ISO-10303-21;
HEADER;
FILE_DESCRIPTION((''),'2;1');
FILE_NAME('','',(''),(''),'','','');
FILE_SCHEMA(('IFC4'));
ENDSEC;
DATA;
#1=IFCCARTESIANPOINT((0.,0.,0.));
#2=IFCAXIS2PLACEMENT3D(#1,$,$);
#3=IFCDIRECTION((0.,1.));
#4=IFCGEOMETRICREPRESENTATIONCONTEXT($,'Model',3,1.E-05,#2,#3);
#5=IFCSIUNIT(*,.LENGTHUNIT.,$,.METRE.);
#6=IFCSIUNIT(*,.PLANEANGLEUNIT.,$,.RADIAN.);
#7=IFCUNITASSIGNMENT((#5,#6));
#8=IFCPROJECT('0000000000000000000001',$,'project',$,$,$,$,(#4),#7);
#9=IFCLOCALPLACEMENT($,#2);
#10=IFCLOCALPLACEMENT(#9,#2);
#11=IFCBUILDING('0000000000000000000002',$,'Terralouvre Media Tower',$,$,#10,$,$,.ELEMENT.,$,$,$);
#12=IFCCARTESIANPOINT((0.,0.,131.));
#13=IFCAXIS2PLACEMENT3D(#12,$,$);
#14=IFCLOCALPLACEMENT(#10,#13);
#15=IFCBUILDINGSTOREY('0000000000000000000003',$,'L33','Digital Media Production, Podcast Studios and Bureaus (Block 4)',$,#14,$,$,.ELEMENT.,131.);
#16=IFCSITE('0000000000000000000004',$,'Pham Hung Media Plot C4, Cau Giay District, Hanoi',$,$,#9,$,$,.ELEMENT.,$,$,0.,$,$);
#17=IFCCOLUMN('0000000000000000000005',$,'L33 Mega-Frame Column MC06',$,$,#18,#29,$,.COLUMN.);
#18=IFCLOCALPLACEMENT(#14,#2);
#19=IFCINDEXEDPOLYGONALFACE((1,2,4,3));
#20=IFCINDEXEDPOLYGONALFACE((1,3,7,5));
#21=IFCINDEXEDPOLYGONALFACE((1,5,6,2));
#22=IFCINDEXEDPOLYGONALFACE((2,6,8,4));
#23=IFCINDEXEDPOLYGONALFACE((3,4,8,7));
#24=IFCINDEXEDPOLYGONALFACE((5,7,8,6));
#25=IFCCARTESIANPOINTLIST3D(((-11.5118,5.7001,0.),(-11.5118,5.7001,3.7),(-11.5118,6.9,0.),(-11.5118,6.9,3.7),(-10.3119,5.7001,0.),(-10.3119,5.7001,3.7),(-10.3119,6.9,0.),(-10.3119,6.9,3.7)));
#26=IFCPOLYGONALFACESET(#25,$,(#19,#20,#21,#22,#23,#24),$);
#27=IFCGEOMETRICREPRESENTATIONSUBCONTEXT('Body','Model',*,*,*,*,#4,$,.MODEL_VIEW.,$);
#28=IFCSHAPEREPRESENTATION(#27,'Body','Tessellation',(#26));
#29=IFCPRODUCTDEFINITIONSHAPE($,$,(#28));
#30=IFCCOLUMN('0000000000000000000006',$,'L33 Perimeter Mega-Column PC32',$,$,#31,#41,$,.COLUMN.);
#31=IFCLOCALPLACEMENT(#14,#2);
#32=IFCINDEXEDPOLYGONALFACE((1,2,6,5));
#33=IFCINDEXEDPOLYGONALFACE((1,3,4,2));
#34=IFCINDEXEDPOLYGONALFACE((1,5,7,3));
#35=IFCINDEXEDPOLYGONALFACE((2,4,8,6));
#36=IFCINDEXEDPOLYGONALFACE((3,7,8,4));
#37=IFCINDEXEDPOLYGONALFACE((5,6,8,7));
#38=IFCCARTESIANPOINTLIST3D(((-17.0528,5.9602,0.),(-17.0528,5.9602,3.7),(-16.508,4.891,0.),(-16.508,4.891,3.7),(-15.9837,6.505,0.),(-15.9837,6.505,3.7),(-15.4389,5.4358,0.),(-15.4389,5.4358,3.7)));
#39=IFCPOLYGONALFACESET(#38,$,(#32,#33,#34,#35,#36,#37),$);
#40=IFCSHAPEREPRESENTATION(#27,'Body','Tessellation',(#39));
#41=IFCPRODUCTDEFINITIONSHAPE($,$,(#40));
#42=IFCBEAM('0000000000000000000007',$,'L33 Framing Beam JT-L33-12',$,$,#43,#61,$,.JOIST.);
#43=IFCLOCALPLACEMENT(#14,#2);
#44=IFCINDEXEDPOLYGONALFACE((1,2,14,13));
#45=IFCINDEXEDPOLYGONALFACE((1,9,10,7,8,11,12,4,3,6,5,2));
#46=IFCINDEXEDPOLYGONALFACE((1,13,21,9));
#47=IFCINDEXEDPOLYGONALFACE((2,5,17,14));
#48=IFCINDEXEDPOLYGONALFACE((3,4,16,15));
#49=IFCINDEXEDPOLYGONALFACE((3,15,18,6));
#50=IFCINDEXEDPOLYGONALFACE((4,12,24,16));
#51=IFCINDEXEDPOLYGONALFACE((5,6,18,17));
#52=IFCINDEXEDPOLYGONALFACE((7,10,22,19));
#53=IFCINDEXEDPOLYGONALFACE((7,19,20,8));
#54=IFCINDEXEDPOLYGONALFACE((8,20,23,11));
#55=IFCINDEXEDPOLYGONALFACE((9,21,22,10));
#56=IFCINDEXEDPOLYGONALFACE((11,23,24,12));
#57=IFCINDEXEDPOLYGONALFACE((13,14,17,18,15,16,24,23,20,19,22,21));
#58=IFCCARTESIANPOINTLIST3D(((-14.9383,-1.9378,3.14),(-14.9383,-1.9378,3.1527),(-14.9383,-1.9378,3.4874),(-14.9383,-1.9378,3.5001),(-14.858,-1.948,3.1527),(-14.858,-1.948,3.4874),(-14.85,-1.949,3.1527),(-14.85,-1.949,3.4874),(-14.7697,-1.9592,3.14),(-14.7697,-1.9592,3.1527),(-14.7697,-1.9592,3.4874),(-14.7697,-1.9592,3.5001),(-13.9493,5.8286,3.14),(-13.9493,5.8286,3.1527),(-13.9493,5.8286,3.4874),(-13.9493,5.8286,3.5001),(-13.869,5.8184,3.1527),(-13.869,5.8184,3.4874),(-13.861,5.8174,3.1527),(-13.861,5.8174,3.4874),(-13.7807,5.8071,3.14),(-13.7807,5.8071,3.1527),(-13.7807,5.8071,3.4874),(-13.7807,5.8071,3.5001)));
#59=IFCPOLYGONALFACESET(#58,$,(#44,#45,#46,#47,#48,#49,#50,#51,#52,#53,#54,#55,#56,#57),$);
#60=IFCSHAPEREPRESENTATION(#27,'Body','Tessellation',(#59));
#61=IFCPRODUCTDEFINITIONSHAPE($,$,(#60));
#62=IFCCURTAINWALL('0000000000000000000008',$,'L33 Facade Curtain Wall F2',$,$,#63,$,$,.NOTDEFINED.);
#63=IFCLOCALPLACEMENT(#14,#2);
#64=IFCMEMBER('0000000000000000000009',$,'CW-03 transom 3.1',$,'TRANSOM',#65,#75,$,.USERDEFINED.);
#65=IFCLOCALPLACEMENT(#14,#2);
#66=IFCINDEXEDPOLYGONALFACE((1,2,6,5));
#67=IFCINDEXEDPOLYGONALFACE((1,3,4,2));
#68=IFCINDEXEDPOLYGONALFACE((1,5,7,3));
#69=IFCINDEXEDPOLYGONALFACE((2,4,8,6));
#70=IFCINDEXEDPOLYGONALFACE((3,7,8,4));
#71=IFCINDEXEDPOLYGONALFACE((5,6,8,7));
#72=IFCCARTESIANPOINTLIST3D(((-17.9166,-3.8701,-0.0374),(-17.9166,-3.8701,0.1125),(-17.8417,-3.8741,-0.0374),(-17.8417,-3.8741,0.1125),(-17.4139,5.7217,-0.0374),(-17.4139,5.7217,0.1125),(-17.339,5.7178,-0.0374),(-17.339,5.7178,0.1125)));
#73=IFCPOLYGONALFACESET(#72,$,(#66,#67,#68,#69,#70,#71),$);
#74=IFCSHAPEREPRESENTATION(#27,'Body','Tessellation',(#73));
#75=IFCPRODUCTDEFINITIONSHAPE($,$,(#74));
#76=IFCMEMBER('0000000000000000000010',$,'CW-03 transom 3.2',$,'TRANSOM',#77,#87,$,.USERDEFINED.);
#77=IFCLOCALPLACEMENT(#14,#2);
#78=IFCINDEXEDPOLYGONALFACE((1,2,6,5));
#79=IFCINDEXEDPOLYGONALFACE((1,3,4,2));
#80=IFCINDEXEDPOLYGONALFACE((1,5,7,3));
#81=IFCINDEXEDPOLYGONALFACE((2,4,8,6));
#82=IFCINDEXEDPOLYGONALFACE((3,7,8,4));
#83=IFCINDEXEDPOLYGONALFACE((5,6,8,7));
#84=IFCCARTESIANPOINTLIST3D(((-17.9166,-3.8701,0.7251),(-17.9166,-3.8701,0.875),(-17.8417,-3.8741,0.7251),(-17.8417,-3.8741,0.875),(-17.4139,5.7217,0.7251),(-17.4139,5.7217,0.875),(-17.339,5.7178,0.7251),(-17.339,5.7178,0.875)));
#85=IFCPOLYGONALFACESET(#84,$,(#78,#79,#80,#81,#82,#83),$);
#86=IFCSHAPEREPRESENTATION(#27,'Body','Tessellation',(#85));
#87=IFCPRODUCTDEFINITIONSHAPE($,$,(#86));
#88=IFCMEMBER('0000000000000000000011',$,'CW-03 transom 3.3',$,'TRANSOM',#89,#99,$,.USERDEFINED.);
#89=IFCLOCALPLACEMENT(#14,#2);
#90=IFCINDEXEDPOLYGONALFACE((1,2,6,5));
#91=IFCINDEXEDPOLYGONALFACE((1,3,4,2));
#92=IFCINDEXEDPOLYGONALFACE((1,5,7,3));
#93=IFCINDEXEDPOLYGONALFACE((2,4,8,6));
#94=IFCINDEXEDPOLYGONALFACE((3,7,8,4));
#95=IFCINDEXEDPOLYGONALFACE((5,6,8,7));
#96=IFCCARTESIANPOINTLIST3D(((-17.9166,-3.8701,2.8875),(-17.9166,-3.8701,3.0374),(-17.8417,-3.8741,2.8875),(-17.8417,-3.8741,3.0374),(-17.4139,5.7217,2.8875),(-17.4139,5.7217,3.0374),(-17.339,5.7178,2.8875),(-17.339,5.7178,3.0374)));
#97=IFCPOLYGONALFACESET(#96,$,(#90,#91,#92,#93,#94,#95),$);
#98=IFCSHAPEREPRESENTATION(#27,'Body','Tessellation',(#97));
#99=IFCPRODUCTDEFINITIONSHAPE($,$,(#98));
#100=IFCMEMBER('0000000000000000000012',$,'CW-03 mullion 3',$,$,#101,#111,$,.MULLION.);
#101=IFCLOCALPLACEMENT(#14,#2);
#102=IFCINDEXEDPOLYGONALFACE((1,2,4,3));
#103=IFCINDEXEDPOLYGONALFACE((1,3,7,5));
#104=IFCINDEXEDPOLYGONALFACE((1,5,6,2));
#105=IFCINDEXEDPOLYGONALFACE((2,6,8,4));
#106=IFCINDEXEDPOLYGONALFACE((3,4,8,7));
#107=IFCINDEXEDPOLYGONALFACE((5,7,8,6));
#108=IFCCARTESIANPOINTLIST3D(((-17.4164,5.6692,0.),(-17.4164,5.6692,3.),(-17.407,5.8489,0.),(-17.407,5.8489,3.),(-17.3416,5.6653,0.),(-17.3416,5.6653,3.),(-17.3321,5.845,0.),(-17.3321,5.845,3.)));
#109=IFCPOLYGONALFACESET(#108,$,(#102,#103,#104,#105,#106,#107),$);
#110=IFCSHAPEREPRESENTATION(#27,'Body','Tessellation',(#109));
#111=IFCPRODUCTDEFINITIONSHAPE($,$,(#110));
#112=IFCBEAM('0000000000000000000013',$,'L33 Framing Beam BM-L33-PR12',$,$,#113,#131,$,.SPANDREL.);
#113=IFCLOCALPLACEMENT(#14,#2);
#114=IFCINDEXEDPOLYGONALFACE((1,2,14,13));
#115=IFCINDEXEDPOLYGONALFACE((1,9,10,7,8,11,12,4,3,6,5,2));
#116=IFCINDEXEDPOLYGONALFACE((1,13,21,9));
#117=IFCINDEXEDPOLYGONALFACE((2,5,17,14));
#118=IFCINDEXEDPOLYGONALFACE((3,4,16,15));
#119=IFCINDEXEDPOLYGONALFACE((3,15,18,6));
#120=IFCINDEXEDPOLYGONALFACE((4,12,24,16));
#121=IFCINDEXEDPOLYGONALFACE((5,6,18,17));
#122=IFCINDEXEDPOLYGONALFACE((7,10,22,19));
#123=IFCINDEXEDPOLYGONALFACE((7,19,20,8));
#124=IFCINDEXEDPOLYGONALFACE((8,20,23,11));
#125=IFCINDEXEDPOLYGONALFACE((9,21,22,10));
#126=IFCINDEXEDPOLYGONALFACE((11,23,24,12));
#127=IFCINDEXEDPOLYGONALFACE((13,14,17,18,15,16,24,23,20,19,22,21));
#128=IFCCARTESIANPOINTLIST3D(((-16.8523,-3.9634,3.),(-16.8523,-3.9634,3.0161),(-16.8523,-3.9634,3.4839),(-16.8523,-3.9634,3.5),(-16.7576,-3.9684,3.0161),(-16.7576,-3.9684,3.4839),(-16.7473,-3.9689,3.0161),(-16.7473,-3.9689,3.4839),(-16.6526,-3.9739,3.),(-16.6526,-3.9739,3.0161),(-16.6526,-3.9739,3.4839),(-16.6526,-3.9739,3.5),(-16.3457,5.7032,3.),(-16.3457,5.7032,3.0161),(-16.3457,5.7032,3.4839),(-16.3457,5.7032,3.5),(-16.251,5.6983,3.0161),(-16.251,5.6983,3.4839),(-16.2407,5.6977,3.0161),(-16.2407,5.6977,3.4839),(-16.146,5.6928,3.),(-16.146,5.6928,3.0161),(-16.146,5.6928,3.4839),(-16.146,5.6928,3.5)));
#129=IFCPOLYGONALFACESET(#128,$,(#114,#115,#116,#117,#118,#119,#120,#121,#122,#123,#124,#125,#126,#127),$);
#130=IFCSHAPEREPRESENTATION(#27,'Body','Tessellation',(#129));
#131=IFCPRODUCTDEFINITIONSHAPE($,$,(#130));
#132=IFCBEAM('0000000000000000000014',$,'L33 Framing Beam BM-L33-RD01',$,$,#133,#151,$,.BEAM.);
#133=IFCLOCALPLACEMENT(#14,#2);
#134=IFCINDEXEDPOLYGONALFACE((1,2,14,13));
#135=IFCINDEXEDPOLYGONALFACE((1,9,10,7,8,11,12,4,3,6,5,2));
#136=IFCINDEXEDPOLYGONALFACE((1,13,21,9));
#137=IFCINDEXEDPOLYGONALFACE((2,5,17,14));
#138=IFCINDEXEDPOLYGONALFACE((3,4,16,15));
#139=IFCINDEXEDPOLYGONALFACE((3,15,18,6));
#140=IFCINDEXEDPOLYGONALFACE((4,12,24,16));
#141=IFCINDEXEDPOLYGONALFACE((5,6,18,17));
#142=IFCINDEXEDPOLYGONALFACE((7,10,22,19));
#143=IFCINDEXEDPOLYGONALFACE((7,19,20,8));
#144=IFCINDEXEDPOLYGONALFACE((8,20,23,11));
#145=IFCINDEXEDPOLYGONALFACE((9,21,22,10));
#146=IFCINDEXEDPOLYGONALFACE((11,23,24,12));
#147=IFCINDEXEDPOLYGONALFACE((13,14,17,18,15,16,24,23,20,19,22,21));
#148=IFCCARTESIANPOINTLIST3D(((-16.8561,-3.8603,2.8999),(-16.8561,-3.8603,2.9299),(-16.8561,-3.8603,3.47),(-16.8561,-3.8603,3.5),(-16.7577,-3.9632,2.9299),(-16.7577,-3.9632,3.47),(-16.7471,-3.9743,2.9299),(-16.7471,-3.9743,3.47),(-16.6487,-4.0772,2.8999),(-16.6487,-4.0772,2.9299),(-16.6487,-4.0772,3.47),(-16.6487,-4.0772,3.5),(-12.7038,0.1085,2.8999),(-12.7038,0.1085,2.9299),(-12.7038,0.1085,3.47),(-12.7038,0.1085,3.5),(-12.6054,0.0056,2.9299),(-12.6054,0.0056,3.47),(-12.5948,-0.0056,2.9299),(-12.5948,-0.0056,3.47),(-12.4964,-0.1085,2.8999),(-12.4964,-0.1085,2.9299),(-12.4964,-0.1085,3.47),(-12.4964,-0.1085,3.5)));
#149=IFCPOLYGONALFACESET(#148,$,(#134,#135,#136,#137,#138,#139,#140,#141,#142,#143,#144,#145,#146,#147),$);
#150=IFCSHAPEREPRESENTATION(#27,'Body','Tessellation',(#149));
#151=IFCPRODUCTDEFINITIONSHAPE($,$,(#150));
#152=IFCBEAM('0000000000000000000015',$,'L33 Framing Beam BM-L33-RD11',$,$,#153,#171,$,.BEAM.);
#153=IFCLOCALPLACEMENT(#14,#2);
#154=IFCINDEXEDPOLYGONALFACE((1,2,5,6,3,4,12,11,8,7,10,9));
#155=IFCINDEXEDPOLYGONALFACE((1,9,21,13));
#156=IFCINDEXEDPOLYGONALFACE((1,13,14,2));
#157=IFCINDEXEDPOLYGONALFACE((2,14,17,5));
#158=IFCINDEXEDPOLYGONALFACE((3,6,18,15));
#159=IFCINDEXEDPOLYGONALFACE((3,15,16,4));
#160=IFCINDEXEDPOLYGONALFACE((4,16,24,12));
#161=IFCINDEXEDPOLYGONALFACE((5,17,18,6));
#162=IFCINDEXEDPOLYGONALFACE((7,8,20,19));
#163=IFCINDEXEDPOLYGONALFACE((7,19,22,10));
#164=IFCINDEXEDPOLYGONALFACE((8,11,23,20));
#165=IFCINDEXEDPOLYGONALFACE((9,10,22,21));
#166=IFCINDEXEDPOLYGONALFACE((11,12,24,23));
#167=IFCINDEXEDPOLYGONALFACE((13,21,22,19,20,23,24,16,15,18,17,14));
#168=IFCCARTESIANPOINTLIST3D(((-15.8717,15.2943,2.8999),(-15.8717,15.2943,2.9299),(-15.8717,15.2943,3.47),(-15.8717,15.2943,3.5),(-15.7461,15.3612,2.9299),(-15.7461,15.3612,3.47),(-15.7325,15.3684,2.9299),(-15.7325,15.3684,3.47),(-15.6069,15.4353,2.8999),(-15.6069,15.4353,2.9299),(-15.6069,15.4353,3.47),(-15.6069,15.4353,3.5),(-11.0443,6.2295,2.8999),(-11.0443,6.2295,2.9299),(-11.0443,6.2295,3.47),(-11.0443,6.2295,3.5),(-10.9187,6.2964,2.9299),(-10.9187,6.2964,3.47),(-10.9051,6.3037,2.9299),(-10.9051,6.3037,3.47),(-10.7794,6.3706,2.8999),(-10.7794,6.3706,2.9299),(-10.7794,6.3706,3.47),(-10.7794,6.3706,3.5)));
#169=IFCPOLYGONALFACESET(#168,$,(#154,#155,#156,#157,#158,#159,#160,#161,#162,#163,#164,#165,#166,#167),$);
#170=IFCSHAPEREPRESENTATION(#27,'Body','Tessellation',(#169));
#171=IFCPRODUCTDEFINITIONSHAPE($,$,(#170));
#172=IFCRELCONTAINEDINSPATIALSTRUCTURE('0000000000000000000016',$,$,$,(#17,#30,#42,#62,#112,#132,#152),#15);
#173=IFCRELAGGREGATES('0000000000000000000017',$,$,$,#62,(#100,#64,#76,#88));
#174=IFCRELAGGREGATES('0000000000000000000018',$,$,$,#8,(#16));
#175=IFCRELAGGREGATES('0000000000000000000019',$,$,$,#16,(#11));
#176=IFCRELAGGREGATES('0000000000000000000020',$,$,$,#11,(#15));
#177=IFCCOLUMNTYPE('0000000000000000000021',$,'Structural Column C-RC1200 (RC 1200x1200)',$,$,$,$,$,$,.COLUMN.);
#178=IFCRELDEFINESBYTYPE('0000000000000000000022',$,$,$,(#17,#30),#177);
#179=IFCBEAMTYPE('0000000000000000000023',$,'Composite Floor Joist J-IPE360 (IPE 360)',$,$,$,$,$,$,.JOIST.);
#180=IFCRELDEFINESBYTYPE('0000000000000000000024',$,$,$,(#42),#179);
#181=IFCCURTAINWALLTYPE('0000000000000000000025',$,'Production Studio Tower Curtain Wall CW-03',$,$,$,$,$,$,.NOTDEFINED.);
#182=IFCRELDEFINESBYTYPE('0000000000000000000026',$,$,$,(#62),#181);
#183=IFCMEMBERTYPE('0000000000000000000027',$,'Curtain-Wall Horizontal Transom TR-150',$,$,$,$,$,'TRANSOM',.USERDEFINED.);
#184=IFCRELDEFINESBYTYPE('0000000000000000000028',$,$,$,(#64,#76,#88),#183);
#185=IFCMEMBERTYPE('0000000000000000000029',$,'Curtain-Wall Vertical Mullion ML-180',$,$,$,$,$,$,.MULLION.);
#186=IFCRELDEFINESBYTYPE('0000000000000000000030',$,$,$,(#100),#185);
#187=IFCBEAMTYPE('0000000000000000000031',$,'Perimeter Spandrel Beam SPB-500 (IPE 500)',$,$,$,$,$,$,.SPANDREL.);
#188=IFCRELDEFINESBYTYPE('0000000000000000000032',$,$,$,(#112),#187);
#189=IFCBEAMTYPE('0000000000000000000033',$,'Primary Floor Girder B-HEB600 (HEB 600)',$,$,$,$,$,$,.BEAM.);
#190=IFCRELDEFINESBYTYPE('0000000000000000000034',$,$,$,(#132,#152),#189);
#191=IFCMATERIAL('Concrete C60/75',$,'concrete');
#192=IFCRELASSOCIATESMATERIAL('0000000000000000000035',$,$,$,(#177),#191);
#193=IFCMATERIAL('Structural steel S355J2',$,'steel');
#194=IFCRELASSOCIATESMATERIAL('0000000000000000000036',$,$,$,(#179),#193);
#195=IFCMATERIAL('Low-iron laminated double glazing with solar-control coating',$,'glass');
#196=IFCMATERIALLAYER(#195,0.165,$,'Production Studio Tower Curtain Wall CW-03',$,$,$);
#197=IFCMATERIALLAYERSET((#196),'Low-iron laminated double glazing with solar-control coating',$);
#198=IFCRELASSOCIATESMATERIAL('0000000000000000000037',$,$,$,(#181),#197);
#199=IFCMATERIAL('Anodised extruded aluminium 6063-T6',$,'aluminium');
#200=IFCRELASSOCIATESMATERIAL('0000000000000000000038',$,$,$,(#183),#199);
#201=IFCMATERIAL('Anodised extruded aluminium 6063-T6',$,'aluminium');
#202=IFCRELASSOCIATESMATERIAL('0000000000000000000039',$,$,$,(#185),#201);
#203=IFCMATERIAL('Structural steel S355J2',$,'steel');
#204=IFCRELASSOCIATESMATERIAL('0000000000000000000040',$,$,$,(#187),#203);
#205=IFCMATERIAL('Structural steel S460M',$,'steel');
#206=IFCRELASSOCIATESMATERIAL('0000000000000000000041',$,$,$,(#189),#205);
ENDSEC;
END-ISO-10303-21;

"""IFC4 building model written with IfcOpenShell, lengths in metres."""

from ifc_helpers import new_model, si_unit, direction, frame, origin, origin_2d, place, context, subcontext, project, spatial, rectangle, i_section, extrude, material, layer, layer_set, material_profile, profile_set, type_object, element, aggregate, save


model = new_model("IFC4")

# Units and contexts
model_context = context("Model", 3, precision=1e-05, world=origin(), true_north=direction((0.0, 1.0)))
body_context = subcontext(model_context, "Body", "Model", "MODEL_VIEW")
ifc_project = project(units=[si_unit("LENGTHUNIT", "METRE"), si_unit("PLANEANGLEUNIT", "RADIAN")], contexts=[model_context])

# Site, building, storey
site_placement = place(None, origin())
site = spatial("IfcSite", under=ifc_project, at=site_placement, Name="Pham Hung Media Plot C4, Cau Giay District, Hanoi", CompositionType="ELEMENT", RefElevation=0.0)
building_placement = place(site_placement, origin())
building = spatial("IfcBuilding", under=site, at=building_placement, Name="Terralouvre Media Tower", CompositionType="ELEMENT")
storey_placement = place(building_placement, frame((0.0, 0.0, 131.0)))
storey = spatial("IfcBuildingStorey", under=building, at=storey_placement, Name="L33", Description="Digital Media Production, Podcast Studios and Bureaus (Block 4)", CompositionType="ELEMENT", Elevation=131.0)

# Columns
ifc_material_1 = material(Name="Concrete C60/75", Category="concrete")
ifc_material_profile_1 = material_profile(ifc_material_1, rectangle(XDim=1.2, YDim=1.2, at=origin_2d()), Name="RC 1200x1200")
ifc_profile_set_1 = profile_set([ifc_material_profile_1], Name="Concrete C60/75")
column_type = type_object("IfcColumnType", Name="Structural Column C-RC1200 (RC 1200x1200)", PredefinedType="COLUMN", material=ifc_profile_set_1)
for number, where, z_axis, x_axis, name in (
    (1, (-10.9119, 6.3, 0.0), (0.0, 0.0, 1.0), (1.0, 0.0, 0.0), "L33 Mega-Frame Column MC06"),
    (2, (-16.2458, 5.698, 0.0), (0.0, 0.0, 1.0), (0.891007, 0.45399, 0.0), "L33 Perimeter Mega-Column PC32"),
):
    element("IfcColumn", number, at=place(storey_placement, frame(where, z_axis=z_axis, x_axis=x_axis)), inside=storey, type_object=column_type, Name=name, PredefinedType="COLUMN", context=body_context, shape_type="SweptSolid", body=[
        extrude(rectangle(XDim=1.2, YDim=1.2, at=origin_2d()), origin(), (0.0, 0.0, 1.0), 3.7),
    ])

# Beam
ifc_material_2 = material(Name="Structural steel S355J2", Category="steel")
ifc_material_profile_2 = material_profile(ifc_material_2, i_section(OverallWidth=0.1699, OverallDepth=0.3601, WebThickness=0.0081, FlangeThickness=0.0127, at=origin_2d()), Name="IPE 360")
ifc_profile_set_2 = profile_set([ifc_material_profile_2], Name="Structural steel S355J2")
beam_type_1 = type_object("IfcBeamType", Name="Composite Floor Joist J-IPE360 (IPE 360)", PredefinedType="JOIST", material=ifc_profile_set_2)
beam_1_placement = place(storey_placement, frame((-13.865, 5.8179, 3.3201), z_axis=(-0.126326, -0.991989, 0.0), x_axis=(0.991989, -0.126326, 0.0)))
element("IfcBeam", 3, at=beam_1_placement, inside=storey, type_object=beam_type_1, Name="L33 Framing Beam JT-L33-12", PredefinedType="JOIST", context=body_context, shape_type="SweptSolid", body=[
    extrude(i_section(OverallWidth=0.1699, OverallDepth=0.3601, WebThickness=0.0081, FlangeThickness=0.0127, at=origin_2d()), origin(), (0.0, 0.0, 1.0), 7.8291),
])

# Curtain wall, members
ifc_material_3 = material(Name="Low-iron laminated double glazing with solar-control coating", Category="glass")
ifc_layer_1 = layer(ifc_material_3, 0.165, Name="Production Studio Tower Curtain Wall CW-03")
ifc_layer_set_1 = layer_set([ifc_layer_1], Name="Low-iron laminated double glazing with solar-control coating")
curtain_wall_type = type_object("IfcCurtainWallType", Name="Production Studio Tower Curtain Wall CW-03", PredefinedType="NOTDEFINED", material=ifc_layer_set_1)
curtain_wall_placement = place(storey_placement, origin())
curtain_wall = element("IfcCurtainWall", 4, at=curtain_wall_placement, inside=storey, type_object=curtain_wall_type, Name="L33 Facade Curtain Wall F2", PredefinedType="NOTDEFINED")
ifc_material_4 = material(Name="Anodised extruded aluminium 6063-T6", Category="aluminium")
ifc_material_profile_3 = material_profile(ifc_material_4, rectangle(XDim=0.075, YDim=0.1499, at=origin_2d()), Name="ALU 75x150")
ifc_profile_set_3 = profile_set([ifc_material_profile_3], Name="Anodised extruded aluminium 6063-T6")
member_type_1 = type_object("IfcMemberType", Name="Curtain-Wall Horizontal Transom TR-150", ElementType="TRANSOM", PredefinedType="USERDEFINED", material=ifc_profile_set_3)
member_1_placement = place(storey_placement, frame((-17.3765, 5.7197, 0.0376), z_axis=(-0.052336, -0.99863, 0.0), x_axis=(0.99863, -0.052336, 0.0)))
member_1 = element("IfcMember", 5, at=member_1_placement, type_object=member_type_1, Name="CW-03 transom 3.1", ObjectType="TRANSOM", PredefinedType="USERDEFINED", context=body_context, shape_type="SweptSolid", body=[
    extrude(rectangle(XDim=0.075, YDim=0.1499, at=origin_2d()), origin(), (0.0, 0.0, 1.0), 9.605),
])
member_2_placement = place(storey_placement, frame((-17.3765, 5.7197, 0.8), z_axis=(-0.052336, -0.99863, 0.0), x_axis=(0.99863, -0.052336, 0.0)))
member_2 = element("IfcMember", 6, at=member_2_placement, type_object=member_type_1, Name="CW-03 transom 3.2", ObjectType="TRANSOM", PredefinedType="USERDEFINED", context=body_context, shape_type="SweptSolid", body=[
    extrude(rectangle(XDim=0.075, YDim=0.1499, at=origin_2d()), origin(), (0.0, 0.0, 1.0), 9.605),
])
member_3_placement = place(storey_placement, frame((-17.3765, 5.7197, 2.9624), z_axis=(-0.052336, -0.99863, 0.0), x_axis=(0.99863, -0.052336, 0.0)))
member_3 = element("IfcMember", 7, at=member_3_placement, type_object=member_type_1, Name="CW-03 transom 3.3", ObjectType="TRANSOM", PredefinedType="USERDEFINED", context=body_context, shape_type="SweptSolid", body=[
    extrude(rectangle(XDim=0.075, YDim=0.1499, at=origin_2d()), origin(), (0.0, 0.0, 1.0), 9.605),
])
ifc_material_5 = material(Name="Anodised extruded aluminium 6063-T6", Category="aluminium")
ifc_material_profile_4 = material_profile(ifc_material_5, rectangle(XDim=0.075, YDim=0.1799, at=origin_2d()), Name="ALU 75x180")
ifc_profile_set_4 = profile_set([ifc_material_profile_4], Name="Anodised extruded aluminium 6063-T6")
member_type_2 = type_object("IfcMemberType", Name="Curtain-Wall Vertical Mullion ML-180", PredefinedType="MULLION", material=ifc_profile_set_4)
member_4_placement = place(storey_placement, frame((-17.3743, 5.7571, 0.0), z_axis=(0.0, 0.0, 1.0), x_axis=(0.99863, -0.052336, 0.0)))
member_4 = element("IfcMember", 8, at=member_4_placement, type_object=member_type_2, Name="CW-03 mullion 3", PredefinedType="MULLION", context=body_context, shape_type="SweptSolid", body=[
    extrude(rectangle(XDim=0.075, YDim=0.1799, at=origin_2d()), origin(), (0.0, 0.0, 1.0), 3.0),
])

# Beams
ifc_material_6 = material(Name="Structural steel S355J2", Category="steel")
ifc_material_profile_5 = material_profile(ifc_material_6, i_section(OverallWidth=0.2, OverallDepth=0.5, WebThickness=0.0103, FlangeThickness=0.0161, at=origin_2d()), Name="IPE 500")
ifc_profile_set_5 = profile_set([ifc_material_profile_5], Name="Structural steel S355J2")
beam_type_2 = type_object("IfcBeamType", Name="Perimeter Spandrel Beam SPB-500 (IPE 500)", PredefinedType="SPANDREL", material=ifc_profile_set_5)
beam_2_placement = place(storey_placement, frame((-16.2458, 5.698, 3.25), z_axis=(-0.052334, -0.99863, 0.0), x_axis=(0.99863, -0.052334, 0.0)))
element("IfcBeam", 9, at=beam_2_placement, inside=storey, type_object=beam_type_2, Name="L33 Framing Beam BM-L33-PR12", PredefinedType="SPANDREL", context=body_context, shape_type="SweptSolid", body=[
    extrude(i_section(OverallWidth=0.2, OverallDepth=0.5, WebThickness=0.0103, FlangeThickness=0.0161, at=origin_2d()), origin(), (0.0, 0.0, 1.0), 9.6799),
])
ifc_material_7 = material(Name="Structural steel S460M", Category="steel")
ifc_material_profile_6 = material_profile(ifc_material_7, i_section(OverallWidth=0.3, OverallDepth=0.6001, WebThickness=0.0154, FlangeThickness=0.03, at=origin_2d()), Name="HEB 600")
ifc_profile_set_6 = profile_set([ifc_material_profile_6], Name="Structural steel S460M")
beam_type_3 = type_object("IfcBeamType", Name="Primary Floor Girder B-HEB600 (HEB 600)", PredefinedType="BEAM", material=ifc_profile_set_6)
beam_3_placement = place(storey_placement, frame((-12.6001, 0.0, 3.2), z_axis=(-0.722908, -0.690945, 0.0), x_axis=(0.690945, -0.722908, 0.0)))
element("IfcBeam", 10, at=beam_3_placement, inside=storey, type_object=beam_type_3, Name="L33 Framing Beam BM-L33-RD01", PredefinedType="BEAM", context=body_context, shape_type="SweptSolid", body=[
    extrude(i_section(OverallWidth=0.3, OverallDepth=0.6001, WebThickness=0.0154, FlangeThickness=0.03, at=origin_2d()), origin(), (0.0, 0.0, 1.0), 5.7439),
])
beam_4_placement = place(storey_placement, frame((-10.9119, 6.3, 3.2), z_axis=(-0.470049, 0.88264, 0.0), x_axis=(-0.88264, -0.470049, 0.0)))
element("IfcBeam", 11, at=beam_4_placement, inside=storey, type_object=beam_type_3, Name="L33 Framing Beam BM-L33-RD11", PredefinedType="BEAM", context=body_context, shape_type="SweptSolid", body=[
    extrude(i_section(OverallWidth=0.3, OverallDepth=0.6001, WebThickness=0.0154, FlangeThickness=0.03, at=origin_2d()), origin(), (0.0, 0.0, 1.0), 10.27),
])

aggregate(curtain_wall, [member_4, member_1, member_2, member_3])

save(model, "model.ifc")
